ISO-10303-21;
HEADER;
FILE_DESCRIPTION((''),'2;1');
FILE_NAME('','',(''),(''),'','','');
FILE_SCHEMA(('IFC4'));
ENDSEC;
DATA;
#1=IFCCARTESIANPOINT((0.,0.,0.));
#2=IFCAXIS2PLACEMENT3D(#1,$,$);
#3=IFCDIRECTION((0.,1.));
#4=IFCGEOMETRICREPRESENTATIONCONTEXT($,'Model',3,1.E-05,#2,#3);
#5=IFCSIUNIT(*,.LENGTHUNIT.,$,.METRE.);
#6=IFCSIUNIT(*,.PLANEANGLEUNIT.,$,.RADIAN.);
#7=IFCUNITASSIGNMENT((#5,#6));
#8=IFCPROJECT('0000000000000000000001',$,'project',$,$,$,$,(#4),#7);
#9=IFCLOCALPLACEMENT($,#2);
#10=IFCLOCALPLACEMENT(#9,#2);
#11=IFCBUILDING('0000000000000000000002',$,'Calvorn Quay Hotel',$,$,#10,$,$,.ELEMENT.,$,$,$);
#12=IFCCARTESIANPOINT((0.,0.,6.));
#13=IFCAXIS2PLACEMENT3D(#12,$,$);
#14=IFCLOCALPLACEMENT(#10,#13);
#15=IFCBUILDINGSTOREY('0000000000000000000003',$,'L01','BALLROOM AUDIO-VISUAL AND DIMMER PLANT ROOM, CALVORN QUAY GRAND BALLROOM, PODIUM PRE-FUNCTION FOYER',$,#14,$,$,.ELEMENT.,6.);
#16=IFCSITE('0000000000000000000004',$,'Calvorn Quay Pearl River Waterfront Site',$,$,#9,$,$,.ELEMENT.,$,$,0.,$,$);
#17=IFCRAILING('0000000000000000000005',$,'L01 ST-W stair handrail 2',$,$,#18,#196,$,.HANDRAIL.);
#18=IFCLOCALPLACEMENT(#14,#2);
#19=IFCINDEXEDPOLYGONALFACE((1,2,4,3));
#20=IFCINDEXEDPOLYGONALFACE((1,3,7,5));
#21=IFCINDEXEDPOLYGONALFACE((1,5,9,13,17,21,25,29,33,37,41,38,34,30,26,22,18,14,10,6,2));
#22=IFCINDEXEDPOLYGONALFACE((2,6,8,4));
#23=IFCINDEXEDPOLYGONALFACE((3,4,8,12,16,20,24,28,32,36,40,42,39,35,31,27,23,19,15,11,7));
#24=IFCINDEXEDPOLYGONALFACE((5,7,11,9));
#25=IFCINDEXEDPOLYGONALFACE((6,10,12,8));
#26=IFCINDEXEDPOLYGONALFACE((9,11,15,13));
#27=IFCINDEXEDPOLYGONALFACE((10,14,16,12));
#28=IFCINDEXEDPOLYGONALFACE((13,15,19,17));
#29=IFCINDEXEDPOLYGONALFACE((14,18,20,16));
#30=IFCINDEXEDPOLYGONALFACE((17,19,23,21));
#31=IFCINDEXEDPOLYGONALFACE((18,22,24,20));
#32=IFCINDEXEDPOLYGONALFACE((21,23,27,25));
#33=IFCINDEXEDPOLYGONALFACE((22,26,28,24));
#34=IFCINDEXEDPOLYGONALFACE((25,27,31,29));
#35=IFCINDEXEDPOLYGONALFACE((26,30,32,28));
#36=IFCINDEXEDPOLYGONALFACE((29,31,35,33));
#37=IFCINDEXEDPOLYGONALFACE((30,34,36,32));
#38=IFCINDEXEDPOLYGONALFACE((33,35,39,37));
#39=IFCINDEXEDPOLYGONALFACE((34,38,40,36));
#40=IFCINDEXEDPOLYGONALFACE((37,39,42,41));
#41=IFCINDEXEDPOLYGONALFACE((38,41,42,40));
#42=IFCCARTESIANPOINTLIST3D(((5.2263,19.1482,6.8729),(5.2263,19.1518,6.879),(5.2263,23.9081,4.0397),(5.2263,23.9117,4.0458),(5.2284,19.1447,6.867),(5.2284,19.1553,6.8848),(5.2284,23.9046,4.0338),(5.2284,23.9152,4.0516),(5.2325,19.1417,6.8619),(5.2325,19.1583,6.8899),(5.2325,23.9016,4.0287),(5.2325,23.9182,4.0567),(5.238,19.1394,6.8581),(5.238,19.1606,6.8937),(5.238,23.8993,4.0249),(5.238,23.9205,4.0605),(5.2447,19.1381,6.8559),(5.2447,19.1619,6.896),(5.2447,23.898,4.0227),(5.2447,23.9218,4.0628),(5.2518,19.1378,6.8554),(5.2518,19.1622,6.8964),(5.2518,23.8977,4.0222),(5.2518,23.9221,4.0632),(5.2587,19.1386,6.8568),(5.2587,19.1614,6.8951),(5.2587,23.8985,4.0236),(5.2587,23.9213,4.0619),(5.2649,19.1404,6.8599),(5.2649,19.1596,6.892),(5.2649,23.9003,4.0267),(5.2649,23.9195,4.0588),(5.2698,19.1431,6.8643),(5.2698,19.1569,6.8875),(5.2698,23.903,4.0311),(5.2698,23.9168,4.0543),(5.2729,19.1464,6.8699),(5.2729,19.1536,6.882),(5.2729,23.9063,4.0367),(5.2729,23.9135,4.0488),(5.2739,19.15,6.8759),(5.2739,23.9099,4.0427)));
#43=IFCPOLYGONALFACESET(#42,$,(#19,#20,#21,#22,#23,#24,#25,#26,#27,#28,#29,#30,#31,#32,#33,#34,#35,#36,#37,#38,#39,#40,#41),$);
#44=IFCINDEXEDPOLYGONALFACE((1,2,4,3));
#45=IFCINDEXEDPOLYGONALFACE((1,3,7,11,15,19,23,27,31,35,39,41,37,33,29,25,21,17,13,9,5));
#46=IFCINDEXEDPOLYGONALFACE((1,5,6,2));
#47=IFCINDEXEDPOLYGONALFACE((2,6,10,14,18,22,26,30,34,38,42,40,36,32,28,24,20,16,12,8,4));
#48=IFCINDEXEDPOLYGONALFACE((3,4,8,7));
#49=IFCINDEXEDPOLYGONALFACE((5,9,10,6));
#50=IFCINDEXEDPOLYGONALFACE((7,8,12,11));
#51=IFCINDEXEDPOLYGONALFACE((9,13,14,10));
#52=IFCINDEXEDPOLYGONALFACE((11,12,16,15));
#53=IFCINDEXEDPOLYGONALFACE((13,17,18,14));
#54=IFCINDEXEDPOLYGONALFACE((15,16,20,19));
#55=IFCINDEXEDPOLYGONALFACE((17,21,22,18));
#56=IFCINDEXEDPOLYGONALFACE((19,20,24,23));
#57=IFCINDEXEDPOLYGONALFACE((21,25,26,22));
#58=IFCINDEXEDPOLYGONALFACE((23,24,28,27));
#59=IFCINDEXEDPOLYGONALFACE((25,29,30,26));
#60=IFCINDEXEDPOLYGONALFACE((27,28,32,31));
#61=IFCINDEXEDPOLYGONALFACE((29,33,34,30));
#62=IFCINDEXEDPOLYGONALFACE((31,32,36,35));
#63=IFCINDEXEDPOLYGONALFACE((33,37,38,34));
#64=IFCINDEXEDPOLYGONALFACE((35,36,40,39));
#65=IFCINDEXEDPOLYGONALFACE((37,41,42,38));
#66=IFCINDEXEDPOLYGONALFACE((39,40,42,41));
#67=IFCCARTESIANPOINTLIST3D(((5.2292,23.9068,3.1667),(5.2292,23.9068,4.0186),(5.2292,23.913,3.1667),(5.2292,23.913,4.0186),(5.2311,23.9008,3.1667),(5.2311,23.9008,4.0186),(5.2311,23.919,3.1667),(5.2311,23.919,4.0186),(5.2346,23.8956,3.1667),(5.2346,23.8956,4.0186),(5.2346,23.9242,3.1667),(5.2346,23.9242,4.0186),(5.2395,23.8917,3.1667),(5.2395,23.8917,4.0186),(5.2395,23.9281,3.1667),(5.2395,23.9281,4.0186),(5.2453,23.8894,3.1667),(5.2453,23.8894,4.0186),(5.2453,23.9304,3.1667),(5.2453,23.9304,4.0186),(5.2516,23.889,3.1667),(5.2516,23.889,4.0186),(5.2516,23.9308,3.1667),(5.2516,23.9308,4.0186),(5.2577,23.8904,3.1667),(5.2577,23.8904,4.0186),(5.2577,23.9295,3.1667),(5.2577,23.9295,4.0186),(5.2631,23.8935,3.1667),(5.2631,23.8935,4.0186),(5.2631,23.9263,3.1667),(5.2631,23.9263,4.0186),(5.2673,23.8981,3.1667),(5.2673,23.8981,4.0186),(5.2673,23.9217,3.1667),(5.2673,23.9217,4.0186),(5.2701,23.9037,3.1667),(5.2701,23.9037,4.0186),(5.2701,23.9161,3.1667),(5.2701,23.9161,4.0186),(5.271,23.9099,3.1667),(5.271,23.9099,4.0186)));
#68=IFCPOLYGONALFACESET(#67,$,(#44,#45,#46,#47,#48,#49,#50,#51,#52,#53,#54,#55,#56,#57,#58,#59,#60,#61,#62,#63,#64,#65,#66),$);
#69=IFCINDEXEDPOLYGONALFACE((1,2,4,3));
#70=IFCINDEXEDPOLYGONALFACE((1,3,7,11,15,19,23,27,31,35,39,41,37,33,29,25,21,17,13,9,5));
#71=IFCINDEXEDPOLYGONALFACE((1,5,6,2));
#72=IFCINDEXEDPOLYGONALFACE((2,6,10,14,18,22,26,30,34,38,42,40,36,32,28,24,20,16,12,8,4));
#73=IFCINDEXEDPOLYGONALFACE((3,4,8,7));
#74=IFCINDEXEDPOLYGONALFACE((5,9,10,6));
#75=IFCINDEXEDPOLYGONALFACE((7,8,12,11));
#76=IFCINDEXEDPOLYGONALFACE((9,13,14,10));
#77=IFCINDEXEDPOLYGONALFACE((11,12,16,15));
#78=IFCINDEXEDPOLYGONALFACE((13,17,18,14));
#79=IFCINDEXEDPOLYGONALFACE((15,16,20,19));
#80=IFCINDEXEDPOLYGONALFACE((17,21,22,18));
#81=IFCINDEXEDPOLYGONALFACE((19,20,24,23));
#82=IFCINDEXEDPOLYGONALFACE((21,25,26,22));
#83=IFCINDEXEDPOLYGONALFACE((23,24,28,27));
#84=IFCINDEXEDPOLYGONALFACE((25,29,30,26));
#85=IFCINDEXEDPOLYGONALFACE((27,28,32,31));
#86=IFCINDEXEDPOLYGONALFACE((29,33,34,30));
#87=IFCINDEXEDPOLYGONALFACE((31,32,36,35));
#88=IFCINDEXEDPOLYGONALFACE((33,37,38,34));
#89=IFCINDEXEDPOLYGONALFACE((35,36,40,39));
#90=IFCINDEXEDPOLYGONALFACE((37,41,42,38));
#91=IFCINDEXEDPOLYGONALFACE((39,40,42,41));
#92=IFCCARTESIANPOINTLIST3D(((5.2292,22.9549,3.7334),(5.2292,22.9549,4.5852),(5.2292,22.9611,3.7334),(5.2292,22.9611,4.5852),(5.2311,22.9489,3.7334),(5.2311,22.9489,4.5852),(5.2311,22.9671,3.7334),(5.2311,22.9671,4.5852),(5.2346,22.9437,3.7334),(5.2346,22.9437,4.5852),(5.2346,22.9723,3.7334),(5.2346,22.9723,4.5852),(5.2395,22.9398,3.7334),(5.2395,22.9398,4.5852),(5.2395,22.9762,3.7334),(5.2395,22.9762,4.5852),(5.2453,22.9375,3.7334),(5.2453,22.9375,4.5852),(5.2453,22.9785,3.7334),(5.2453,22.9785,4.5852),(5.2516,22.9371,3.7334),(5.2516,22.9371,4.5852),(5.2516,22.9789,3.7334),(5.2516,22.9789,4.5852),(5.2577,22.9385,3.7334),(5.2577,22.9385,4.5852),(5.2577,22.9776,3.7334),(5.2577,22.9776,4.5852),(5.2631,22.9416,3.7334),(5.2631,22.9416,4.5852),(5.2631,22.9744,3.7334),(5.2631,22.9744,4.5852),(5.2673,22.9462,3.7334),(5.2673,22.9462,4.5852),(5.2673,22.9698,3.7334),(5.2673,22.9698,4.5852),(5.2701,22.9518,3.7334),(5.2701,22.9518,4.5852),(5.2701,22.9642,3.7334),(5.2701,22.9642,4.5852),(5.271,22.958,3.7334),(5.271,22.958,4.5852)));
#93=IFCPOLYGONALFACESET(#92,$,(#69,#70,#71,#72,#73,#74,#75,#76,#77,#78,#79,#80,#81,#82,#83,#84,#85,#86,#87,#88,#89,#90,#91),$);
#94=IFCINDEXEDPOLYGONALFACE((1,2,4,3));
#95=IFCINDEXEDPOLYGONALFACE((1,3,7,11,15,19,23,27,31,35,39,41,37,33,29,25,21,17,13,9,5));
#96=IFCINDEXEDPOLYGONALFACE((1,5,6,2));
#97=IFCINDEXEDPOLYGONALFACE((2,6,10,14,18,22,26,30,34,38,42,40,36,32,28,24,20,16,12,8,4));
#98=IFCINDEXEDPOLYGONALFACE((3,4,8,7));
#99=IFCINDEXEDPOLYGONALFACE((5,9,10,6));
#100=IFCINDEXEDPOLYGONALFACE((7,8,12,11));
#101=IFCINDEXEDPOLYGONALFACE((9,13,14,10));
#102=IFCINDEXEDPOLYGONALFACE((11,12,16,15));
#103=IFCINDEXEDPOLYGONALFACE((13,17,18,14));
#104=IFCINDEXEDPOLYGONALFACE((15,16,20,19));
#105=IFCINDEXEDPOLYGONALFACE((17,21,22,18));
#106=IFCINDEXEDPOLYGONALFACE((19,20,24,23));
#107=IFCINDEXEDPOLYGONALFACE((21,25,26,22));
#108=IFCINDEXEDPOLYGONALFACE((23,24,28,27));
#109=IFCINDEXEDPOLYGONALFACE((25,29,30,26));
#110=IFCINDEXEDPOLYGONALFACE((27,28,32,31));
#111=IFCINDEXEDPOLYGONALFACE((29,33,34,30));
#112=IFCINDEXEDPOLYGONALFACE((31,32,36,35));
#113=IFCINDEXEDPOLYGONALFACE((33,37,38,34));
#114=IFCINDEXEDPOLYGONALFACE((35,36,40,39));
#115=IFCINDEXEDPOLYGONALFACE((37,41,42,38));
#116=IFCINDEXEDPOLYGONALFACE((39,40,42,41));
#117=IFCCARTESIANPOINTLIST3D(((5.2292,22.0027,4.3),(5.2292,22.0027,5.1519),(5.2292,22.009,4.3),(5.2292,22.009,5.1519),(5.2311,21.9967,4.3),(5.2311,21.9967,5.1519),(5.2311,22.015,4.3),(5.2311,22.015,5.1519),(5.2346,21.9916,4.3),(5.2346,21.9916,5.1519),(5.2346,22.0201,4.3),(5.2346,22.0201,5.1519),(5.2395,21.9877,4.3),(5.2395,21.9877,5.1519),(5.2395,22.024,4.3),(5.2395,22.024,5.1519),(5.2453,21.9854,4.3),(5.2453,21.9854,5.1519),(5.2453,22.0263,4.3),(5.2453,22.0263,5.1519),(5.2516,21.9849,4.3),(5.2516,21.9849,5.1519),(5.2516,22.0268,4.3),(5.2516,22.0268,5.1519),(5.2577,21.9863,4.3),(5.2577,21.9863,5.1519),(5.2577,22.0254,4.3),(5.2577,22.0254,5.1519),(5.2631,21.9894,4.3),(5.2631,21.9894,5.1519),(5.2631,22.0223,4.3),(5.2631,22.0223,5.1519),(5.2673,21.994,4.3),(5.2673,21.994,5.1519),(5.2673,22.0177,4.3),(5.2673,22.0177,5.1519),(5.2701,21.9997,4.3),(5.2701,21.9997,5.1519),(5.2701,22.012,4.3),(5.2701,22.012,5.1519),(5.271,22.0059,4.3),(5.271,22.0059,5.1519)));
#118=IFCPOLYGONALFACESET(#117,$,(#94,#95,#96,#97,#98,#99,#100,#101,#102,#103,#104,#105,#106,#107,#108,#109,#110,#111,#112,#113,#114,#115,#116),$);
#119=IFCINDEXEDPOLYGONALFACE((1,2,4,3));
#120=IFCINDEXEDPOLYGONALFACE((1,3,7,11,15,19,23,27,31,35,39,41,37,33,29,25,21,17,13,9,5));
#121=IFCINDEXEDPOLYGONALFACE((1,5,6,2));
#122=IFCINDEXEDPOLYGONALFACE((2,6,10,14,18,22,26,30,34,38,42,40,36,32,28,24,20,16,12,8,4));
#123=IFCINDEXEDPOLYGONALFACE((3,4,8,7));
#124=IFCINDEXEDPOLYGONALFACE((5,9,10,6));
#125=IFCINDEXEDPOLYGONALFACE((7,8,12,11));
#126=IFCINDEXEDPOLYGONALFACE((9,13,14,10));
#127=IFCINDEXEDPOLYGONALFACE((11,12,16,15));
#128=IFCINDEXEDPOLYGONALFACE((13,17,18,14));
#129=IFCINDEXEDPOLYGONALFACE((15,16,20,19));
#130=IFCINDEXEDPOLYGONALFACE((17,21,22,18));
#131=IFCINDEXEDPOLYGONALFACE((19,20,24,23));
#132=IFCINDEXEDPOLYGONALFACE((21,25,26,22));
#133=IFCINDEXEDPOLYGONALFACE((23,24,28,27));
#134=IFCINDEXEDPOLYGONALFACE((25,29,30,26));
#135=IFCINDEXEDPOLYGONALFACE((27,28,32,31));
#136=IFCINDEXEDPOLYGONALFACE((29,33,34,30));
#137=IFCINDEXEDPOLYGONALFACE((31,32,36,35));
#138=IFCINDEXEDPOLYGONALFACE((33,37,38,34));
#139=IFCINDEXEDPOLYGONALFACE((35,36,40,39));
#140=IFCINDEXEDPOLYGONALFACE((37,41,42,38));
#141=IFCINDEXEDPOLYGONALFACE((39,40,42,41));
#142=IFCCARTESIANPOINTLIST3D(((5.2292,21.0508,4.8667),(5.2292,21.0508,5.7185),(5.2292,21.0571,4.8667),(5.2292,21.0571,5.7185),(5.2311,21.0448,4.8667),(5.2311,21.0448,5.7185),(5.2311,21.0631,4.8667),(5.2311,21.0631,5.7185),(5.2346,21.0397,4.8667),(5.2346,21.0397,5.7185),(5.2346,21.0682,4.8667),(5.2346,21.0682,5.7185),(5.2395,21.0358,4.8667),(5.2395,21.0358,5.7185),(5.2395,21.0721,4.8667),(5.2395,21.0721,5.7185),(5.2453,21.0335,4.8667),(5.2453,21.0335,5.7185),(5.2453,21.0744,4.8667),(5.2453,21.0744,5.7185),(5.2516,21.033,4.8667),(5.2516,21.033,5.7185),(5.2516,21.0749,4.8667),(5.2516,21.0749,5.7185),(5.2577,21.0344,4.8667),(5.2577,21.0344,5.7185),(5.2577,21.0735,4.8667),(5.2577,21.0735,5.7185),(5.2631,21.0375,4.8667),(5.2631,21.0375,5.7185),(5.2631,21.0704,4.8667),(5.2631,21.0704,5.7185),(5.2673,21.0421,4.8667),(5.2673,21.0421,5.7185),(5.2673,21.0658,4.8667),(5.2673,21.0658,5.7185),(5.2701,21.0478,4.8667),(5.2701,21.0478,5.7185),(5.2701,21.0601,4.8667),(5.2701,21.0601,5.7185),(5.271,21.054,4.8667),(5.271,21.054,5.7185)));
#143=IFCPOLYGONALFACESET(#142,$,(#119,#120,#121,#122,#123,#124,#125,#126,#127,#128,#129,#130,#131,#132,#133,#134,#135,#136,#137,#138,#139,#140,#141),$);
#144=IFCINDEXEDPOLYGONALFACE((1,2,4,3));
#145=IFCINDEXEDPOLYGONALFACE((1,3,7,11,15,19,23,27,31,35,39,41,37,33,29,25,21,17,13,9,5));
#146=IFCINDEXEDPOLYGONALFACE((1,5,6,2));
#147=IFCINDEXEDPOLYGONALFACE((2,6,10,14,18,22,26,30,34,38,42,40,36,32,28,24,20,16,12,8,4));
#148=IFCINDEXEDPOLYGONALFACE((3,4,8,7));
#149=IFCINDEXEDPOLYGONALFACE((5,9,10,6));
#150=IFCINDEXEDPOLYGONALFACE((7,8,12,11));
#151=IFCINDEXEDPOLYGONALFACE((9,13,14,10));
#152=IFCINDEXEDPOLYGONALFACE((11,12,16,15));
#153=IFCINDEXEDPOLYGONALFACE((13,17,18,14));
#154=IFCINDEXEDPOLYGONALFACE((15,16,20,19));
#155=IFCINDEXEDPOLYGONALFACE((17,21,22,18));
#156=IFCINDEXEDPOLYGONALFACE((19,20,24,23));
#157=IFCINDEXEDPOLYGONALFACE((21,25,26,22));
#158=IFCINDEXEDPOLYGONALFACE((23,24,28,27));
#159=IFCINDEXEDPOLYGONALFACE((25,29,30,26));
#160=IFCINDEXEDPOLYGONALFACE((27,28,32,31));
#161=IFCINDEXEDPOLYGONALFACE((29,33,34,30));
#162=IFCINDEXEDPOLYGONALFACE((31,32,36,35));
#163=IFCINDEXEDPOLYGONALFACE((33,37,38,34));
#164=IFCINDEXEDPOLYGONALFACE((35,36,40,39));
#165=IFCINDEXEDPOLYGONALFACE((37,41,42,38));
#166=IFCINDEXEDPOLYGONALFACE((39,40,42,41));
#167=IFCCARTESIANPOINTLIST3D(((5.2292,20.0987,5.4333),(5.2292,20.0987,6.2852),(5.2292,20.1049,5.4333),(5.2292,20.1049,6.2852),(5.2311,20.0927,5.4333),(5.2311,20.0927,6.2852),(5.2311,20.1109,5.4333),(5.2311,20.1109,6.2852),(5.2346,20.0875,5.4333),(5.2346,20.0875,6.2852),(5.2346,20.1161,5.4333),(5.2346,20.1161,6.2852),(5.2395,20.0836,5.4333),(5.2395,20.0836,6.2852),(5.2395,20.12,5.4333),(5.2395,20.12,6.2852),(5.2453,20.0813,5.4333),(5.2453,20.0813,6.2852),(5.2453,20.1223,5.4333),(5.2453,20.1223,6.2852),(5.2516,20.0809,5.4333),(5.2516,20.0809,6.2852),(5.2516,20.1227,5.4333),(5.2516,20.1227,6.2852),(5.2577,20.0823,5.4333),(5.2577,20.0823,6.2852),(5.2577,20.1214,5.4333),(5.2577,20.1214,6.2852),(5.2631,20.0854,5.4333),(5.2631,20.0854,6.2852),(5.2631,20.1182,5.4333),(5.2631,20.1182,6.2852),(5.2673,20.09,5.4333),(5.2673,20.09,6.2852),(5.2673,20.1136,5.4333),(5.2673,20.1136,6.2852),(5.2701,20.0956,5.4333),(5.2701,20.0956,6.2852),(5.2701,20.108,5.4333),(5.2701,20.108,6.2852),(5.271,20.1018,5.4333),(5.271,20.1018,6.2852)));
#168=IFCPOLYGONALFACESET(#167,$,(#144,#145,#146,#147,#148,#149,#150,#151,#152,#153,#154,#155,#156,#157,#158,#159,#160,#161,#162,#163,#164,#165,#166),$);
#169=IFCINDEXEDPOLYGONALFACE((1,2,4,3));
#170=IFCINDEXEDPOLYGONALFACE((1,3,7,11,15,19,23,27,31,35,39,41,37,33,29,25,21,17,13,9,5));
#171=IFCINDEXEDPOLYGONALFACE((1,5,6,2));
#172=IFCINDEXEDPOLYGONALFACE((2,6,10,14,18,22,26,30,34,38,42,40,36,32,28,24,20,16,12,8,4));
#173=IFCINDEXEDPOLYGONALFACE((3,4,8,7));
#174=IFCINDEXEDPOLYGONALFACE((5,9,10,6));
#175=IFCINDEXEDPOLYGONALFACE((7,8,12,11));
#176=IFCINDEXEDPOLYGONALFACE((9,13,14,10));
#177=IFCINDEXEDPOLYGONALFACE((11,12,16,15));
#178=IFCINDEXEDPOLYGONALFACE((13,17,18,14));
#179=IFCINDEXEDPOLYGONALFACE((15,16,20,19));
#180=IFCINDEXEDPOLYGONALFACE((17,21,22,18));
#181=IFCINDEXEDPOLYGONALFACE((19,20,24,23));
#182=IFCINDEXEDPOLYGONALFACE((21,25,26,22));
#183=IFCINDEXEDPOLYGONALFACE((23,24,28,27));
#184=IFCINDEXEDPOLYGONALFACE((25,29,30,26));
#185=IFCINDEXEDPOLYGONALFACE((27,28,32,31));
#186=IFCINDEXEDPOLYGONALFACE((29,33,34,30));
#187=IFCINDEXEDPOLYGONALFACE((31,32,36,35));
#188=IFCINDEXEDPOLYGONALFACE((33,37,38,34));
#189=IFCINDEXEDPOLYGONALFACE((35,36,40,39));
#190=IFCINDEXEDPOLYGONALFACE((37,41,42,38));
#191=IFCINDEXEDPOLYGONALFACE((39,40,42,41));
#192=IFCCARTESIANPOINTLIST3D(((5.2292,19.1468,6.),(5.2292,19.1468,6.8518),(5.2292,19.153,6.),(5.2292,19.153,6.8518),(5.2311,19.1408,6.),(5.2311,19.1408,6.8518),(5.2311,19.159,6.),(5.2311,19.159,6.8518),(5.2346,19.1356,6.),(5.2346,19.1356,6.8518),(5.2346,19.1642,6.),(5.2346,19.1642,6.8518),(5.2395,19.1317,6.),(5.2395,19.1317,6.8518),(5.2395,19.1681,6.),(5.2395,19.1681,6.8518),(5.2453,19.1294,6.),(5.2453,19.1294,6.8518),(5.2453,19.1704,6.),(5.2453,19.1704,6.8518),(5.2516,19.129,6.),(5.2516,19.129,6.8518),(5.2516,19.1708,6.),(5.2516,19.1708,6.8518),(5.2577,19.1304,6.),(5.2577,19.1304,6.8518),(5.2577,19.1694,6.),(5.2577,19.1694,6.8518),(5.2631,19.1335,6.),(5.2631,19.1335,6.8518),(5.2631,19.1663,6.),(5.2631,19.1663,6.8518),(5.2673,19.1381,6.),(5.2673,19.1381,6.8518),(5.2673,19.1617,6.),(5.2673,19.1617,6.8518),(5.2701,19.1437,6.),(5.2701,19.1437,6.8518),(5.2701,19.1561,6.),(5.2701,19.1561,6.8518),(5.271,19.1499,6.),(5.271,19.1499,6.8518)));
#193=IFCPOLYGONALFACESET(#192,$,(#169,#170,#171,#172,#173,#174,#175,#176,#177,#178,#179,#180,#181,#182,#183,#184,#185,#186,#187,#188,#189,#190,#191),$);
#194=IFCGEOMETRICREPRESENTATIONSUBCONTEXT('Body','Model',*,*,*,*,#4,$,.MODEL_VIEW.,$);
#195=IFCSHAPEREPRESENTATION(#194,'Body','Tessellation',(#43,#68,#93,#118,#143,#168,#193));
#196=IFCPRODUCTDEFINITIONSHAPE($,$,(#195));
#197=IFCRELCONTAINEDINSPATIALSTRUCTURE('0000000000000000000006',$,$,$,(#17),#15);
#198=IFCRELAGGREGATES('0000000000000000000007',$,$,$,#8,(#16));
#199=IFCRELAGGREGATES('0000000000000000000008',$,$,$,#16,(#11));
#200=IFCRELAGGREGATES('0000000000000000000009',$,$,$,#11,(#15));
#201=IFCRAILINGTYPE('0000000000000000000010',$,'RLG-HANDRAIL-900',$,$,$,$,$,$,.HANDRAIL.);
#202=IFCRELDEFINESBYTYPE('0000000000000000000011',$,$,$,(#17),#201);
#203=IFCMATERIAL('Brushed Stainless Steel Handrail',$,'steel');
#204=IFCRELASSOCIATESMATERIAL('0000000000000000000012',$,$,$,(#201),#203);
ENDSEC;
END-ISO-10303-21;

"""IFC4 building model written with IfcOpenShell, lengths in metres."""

from ifc_helpers import new_model, si_unit, direction, frame, origin, origin_2d, place, context, subcontext, project, spatial, circle, extrude, material, type_object, element, save


model = new_model("IFC4")

# Units and contexts
model_context = context("Model", 3, precision=1e-05, world=origin(), true_north=direction((0.0, 1.0)))
body_context = subcontext(model_context, "Body", "Model", "MODEL_VIEW")
ifc_project = project(units=[si_unit("LENGTHUNIT", "METRE"), si_unit("PLANEANGLEUNIT", "RADIAN")], contexts=[model_context])

# Site, building, storey
site_placement = place(None, origin())
site = spatial("IfcSite", under=ifc_project, at=site_placement, Name="Calvorn Quay Pearl River Waterfront Site", CompositionType="ELEMENT", RefElevation=0.0)
building_placement = place(site_placement, origin())
building = spatial("IfcBuilding", under=site, at=building_placement, Name="Calvorn Quay Hotel", CompositionType="ELEMENT")
storey_placement = place(building_placement, frame((0.0, 0.0, 6.0)))
storey = spatial("IfcBuildingStorey", under=building, at=storey_placement, Name="L01", Description="BALLROOM AUDIO-VISUAL AND DIMMER PLANT ROOM, CALVORN QUAY GRAND BALLROOM, PODIUM PRE-FUNCTION FOYER", CompositionType="ELEMENT", Elevation=6.0)

# Railing
ifc_material_1 = material(Name="Brushed Stainless Steel Handrail", Category="steel")
railing_type = type_object("IfcRailingType", Name="RLG-HANDRAIL-900", PredefinedType="HANDRAIL", material=ifc_material_1)
railing_placement = place(storey_placement, frame((5.25, 23.9099, 3.1667)))
element("IfcRailing", 1, at=railing_placement, inside=storey, type_object=railing_type, Name="L01 ST-W stair handrail 2", PredefinedType="HANDRAIL", context=body_context, shape_type="SweptSolid", body=[
    extrude(circle(Radius=0.0239, at=origin_2d()), frame((0.0, 0.0, 0.876), z_axis=(0.0, -0.8593, 0.511472), x_axis=(1.0, 0.0, 0.0)), (0.0, 0.0, 1.0), 5.5393),
    extrude(circle(Radius=0.021, at=origin_2d()), origin(), (0.0, 0.0, 1.0), 0.8518),
    extrude(circle(Radius=0.021, at=origin_2d()), frame((0.0, -0.9519, 0.5667)), (0.0, 0.0, 1.0), 0.8518),
    extrude(circle(Radius=0.021, at=origin_2d()), frame((0.0, -1.9041, 1.1333)), (0.0, 0.0, 1.0), 0.8518),
    extrude(circle(Radius=0.021, at=origin_2d()), frame((0.0, -2.856, 1.7)), (0.0, 0.0, 1.0), 0.8518),
    extrude(circle(Radius=0.021, at=origin_2d()), frame((0.0, -3.8081, 2.2666)), (0.0, 0.0, 1.0), 0.8518),
    extrude(circle(Radius=0.021, at=origin_2d()), frame((0.0, -4.76, 2.8333)), (0.0, 0.0, 1.0), 0.8518),
])

save(model, "model.ifc")
